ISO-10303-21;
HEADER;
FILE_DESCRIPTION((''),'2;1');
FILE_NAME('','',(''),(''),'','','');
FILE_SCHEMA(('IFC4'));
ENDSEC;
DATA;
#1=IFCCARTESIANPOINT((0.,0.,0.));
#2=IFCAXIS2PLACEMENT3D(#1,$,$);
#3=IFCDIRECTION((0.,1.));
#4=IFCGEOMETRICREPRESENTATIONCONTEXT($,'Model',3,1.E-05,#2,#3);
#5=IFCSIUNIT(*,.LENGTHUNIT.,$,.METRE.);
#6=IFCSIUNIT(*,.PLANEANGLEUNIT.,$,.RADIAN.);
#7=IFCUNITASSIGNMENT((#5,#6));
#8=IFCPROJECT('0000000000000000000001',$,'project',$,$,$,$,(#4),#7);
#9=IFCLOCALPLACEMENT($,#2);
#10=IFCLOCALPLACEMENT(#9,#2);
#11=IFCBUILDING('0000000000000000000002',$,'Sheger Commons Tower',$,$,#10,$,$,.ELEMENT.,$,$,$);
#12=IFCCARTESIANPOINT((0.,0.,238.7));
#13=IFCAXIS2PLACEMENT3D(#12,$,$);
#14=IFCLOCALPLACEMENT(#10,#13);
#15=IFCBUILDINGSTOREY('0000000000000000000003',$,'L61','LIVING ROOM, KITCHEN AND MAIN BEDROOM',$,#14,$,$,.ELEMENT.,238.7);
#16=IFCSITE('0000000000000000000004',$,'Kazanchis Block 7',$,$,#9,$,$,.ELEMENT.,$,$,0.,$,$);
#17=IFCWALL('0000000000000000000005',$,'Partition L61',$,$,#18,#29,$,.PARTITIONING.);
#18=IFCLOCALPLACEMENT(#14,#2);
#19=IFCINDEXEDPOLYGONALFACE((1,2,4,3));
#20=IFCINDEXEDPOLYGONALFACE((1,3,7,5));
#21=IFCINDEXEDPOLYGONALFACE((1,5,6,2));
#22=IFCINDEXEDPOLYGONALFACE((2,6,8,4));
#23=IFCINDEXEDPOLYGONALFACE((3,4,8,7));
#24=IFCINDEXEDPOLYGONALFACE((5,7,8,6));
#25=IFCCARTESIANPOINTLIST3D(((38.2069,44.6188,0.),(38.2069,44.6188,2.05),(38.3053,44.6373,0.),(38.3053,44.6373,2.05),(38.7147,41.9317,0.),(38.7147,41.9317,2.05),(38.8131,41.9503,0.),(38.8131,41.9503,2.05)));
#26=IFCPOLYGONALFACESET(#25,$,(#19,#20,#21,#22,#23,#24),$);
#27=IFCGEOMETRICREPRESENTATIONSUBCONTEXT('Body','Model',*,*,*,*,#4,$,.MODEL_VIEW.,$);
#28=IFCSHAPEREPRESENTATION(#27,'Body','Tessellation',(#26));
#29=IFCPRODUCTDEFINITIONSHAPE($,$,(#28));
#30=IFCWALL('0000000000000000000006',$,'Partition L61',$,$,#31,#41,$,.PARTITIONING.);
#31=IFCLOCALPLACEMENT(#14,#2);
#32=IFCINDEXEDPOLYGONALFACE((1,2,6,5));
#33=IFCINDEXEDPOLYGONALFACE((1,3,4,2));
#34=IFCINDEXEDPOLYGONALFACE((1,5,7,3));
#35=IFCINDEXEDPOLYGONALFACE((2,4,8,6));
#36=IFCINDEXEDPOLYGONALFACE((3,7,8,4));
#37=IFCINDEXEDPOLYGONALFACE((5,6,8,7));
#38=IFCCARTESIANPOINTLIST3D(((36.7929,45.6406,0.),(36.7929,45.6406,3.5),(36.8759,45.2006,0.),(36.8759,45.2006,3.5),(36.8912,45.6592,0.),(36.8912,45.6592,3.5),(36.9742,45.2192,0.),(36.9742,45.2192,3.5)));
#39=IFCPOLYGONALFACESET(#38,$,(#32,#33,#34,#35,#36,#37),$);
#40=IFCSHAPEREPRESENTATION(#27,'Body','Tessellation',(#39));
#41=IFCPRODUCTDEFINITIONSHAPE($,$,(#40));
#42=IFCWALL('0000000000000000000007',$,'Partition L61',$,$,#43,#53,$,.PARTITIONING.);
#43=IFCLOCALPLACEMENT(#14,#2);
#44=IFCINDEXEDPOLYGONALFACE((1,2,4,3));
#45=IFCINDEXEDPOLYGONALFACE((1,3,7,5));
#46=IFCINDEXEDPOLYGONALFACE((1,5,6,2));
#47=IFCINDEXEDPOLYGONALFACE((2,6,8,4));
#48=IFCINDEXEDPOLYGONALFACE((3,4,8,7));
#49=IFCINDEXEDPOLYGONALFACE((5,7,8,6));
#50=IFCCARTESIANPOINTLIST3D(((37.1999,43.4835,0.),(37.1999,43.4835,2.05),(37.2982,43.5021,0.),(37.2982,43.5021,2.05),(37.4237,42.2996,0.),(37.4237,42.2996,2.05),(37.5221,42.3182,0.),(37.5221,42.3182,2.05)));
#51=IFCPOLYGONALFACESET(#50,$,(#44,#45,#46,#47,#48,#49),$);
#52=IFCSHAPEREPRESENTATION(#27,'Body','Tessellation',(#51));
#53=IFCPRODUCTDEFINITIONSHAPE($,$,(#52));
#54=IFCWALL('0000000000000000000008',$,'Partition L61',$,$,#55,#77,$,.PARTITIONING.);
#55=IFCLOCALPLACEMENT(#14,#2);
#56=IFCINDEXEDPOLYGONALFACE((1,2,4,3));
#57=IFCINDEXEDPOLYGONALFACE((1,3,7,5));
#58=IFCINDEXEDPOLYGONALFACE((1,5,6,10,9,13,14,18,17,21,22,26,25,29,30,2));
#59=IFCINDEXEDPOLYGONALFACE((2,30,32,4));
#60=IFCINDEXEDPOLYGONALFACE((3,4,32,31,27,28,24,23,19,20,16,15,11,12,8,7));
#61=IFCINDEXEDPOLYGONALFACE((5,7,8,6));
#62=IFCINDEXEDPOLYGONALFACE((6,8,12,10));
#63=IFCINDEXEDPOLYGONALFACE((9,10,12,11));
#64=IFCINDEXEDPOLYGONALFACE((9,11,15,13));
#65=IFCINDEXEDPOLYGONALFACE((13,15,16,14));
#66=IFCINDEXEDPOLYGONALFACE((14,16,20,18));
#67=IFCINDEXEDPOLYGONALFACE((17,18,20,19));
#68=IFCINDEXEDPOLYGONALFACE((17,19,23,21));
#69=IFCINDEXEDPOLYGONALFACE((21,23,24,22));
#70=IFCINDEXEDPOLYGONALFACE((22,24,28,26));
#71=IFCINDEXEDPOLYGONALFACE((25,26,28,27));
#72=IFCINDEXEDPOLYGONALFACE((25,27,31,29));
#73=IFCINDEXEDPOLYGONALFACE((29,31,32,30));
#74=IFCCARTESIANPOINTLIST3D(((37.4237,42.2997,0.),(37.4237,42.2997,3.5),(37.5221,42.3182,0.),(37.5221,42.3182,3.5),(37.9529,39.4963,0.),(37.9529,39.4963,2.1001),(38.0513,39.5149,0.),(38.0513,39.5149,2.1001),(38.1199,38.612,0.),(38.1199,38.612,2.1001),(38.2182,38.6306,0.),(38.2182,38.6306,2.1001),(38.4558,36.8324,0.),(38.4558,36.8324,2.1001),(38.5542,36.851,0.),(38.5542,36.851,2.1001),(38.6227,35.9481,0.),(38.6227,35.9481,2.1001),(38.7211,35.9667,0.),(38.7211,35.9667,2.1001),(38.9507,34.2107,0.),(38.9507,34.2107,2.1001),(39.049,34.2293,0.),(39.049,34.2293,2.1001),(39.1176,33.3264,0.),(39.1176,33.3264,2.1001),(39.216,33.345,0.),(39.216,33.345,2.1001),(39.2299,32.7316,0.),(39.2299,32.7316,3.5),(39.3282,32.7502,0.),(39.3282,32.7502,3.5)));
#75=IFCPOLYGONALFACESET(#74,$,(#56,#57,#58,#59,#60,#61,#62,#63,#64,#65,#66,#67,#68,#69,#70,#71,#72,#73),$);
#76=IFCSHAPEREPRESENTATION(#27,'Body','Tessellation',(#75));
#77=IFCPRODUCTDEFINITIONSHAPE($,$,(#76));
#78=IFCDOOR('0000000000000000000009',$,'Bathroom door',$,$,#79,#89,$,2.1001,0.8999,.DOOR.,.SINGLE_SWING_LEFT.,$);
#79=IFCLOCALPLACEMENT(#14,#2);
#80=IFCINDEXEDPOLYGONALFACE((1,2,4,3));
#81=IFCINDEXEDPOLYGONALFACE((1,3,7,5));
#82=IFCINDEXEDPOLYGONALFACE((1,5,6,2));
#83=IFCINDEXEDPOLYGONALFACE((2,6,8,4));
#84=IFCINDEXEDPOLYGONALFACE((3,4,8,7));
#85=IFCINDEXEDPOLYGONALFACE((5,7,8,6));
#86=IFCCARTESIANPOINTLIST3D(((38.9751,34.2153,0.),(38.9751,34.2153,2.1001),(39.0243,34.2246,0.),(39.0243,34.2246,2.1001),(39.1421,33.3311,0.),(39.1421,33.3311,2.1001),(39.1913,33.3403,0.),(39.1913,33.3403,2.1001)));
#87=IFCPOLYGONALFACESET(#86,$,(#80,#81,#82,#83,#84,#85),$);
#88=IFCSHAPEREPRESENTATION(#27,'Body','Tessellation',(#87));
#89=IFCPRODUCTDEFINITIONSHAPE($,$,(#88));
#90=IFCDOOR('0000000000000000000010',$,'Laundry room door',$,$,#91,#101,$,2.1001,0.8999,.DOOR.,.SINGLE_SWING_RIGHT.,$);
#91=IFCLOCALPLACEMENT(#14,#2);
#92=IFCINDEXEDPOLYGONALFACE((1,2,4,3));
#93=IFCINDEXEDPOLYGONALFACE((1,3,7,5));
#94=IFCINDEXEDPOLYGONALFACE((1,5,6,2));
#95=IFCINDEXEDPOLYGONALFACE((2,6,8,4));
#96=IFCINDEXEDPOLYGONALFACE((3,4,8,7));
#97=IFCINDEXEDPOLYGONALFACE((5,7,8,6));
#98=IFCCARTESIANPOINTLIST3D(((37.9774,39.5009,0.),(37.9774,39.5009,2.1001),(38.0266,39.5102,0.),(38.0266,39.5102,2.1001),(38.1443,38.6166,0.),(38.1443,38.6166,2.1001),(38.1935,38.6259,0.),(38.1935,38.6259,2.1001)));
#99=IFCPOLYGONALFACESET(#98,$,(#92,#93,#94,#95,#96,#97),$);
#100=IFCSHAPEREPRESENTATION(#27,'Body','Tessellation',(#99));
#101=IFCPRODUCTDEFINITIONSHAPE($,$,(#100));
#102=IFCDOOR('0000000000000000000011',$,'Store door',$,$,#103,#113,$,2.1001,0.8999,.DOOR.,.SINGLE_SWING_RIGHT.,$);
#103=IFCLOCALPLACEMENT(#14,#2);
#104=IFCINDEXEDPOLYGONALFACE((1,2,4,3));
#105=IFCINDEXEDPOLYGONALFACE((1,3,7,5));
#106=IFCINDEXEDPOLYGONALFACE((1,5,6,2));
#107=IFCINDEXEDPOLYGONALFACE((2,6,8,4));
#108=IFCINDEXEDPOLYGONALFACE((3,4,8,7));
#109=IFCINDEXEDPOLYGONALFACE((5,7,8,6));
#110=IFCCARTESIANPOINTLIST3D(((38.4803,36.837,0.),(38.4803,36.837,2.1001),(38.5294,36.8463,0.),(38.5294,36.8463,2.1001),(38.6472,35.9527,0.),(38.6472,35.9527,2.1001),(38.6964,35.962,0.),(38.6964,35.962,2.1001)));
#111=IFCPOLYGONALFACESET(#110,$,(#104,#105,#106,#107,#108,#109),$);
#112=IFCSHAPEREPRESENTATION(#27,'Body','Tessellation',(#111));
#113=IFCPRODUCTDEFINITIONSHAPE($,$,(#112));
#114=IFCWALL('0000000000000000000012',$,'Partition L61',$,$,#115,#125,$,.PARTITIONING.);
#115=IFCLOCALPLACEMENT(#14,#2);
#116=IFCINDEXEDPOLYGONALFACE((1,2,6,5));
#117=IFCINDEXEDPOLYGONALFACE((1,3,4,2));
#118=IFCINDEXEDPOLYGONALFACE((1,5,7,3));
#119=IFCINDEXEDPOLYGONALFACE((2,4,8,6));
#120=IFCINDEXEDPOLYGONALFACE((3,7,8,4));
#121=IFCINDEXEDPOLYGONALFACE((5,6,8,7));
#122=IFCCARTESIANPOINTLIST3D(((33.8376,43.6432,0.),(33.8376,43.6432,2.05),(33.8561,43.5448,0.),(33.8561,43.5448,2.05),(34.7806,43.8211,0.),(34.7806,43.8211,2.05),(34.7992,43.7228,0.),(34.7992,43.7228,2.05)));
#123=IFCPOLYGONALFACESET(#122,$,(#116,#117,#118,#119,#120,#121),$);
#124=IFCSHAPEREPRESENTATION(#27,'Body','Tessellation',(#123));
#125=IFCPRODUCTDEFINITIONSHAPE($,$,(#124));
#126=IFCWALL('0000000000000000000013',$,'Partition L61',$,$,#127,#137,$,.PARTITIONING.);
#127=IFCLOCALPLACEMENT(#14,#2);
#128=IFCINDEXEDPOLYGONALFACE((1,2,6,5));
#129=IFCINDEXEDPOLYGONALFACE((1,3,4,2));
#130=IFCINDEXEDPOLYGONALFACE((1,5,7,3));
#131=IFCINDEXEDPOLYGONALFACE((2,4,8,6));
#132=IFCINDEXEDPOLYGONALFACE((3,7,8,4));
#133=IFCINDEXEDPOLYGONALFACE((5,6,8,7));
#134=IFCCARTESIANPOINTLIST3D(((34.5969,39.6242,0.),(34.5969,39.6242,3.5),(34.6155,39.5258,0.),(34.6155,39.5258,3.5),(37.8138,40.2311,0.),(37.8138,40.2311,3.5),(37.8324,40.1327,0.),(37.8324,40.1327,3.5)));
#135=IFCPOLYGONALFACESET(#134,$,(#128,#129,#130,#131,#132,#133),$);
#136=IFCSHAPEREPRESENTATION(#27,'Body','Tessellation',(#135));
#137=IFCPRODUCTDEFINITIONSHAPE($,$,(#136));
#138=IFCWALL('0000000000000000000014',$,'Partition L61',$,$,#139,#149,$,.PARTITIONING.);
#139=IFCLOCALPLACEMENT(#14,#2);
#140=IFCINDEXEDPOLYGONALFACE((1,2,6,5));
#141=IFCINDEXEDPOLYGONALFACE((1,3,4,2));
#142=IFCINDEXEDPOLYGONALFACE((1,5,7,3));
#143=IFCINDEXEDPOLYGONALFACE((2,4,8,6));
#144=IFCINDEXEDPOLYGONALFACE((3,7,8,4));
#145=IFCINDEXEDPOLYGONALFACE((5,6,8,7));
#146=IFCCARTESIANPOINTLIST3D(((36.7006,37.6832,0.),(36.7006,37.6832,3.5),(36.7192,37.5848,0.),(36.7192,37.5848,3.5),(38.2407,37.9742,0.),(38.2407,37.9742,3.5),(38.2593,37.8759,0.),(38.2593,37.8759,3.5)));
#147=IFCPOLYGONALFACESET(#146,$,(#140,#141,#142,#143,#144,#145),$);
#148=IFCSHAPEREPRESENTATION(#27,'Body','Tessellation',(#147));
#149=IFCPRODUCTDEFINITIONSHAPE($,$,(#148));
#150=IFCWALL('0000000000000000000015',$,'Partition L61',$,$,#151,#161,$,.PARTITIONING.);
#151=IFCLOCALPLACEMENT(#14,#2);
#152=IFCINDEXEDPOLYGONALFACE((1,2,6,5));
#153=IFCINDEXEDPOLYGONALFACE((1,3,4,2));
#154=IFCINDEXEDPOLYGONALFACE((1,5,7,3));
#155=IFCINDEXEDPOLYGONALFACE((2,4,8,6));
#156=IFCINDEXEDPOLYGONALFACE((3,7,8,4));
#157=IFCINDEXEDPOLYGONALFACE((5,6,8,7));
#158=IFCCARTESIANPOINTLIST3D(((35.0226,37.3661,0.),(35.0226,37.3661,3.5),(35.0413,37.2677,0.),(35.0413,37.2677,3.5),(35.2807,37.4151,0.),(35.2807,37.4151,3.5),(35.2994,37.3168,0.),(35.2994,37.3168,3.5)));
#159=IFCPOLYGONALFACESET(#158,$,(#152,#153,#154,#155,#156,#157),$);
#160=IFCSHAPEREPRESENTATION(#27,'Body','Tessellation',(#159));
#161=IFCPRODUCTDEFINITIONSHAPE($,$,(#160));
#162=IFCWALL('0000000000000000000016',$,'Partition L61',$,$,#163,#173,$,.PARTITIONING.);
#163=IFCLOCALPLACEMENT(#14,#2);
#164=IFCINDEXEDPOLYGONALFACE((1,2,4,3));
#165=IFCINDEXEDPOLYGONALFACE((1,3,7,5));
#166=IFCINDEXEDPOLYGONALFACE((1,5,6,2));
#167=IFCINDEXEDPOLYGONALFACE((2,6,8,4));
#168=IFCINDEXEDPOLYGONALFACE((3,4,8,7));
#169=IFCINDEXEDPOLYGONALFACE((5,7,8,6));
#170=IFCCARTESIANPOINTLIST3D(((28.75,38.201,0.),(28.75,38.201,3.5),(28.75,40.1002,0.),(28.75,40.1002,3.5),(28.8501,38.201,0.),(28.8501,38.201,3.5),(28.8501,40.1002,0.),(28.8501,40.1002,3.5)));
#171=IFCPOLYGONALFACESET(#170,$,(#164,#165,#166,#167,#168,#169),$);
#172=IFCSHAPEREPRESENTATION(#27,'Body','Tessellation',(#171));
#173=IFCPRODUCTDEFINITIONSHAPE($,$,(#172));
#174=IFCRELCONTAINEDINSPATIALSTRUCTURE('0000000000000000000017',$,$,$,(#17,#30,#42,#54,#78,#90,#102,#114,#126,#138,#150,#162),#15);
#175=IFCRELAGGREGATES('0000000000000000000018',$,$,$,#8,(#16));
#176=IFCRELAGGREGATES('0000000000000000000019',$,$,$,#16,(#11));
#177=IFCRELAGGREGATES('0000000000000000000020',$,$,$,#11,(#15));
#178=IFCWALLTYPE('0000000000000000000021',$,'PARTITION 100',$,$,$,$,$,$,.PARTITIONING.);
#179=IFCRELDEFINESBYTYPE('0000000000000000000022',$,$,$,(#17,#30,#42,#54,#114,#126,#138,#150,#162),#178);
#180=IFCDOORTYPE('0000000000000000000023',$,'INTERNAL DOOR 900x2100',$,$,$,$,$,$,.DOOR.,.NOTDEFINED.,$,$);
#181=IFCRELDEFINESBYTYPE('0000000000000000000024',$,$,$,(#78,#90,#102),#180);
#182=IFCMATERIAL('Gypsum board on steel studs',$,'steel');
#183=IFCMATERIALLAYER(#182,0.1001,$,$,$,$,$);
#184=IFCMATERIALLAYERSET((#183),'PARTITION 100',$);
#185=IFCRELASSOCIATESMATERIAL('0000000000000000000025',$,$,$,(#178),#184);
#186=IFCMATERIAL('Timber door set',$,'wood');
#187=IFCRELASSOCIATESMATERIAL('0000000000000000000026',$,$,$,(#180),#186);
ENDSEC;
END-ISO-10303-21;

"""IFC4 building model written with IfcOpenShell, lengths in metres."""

from ifc_helpers import new_model, si_unit, direction, frame, frame_2d, origin, place, context, subcontext, project, spatial, rectangle, extrude, material, layer, layer_set, type_object, element, fill, save


model = new_model("IFC4")

# Units and contexts
model_context = context("Model", 3, precision=1e-05, world=origin(), true_north=direction((0.0, 1.0)))
body_context = subcontext(model_context, "Body", "Model", "MODEL_VIEW")
ifc_project = project(units=[si_unit("LENGTHUNIT", "METRE"), si_unit("PLANEANGLEUNIT", "RADIAN")], contexts=[model_context])

# Site, building, storey
site_placement = place(None, origin())
site = spatial("IfcSite", under=ifc_project, at=site_placement, Name="Kazanchis Block 7", CompositionType="ELEMENT", RefElevation=0.0)
building_placement = place(site_placement, origin())
building = spatial("IfcBuilding", under=site, at=building_placement, Name="Sheger Commons Tower", CompositionType="ELEMENT")
storey_placement = place(building_placement, frame((0.0, 0.0, 238.7)))
storey = spatial("IfcBuildingStorey", under=building, at=storey_placement, Name="L61", Description="LIVING ROOM, KITCHEN AND MAIN BEDROOM", CompositionType="ELEMENT", Elevation=238.7)

# Walls
ifc_material_1 = material(Name="Gypsum board on steel studs", Category="steel")
ifc_layer_1 = layer(ifc_material_1, 0.1001)
ifc_layer_set_1 = layer_set([ifc_layer_1], Name="PARTITION 100")
wall_type_1 = type_object("IfcWallType", Name="PARTITION 100", PredefinedType="PARTITIONING", material=ifc_layer_set_1)
wall_1_placement = place(storey_placement, frame((38.2561, 44.6279, 0.0), z_axis=(0.0, 0.0, 1.0), x_axis=(0.185701, -0.982606, 0.0)))
element("IfcWall", 1, at=wall_1_placement, inside=storey, type_object=wall_type_1, Name="Partition L61", PredefinedType="PARTITIONING", context=body_context, shape_type="SweptSolid", body=[
    extrude(rectangle(XDim=2.7346, YDim=0.1001, at=frame_2d((1.3672, 0.0))), origin(), (0.0, 0.0, 1.0), 2.05),
])
wall_2_placement = place(storey_placement, frame((36.842, 45.6499, 0.0), z_axis=(0.0, 0.0, 1.0), x_axis=(0.185408, -0.982662, 0.0)))
element("IfcWall", 2, at=wall_2_placement, inside=storey, type_object=wall_type_1, Name="Partition L61", PredefinedType="PARTITIONING", context=body_context, shape_type="SweptSolid", body=[
    extrude(rectangle(XDim=0.4478, YDim=0.1001, at=frame_2d((0.2239, 0.0))), origin(), (0.0, 0.0, 1.0), 3.5),
])
wall_3_placement = place(storey_placement, frame((37.249, 43.4929, 0.0), z_axis=(0.0, 0.0, 1.0), x_axis=(0.185818, -0.982584, 0.0)))
element("IfcWall", 3, at=wall_3_placement, inside=storey, type_object=wall_type_1, Name="Partition L61", PredefinedType="PARTITIONING", context=body_context, shape_type="SweptSolid", body=[
    extrude(rectangle(XDim=1.2048, YDim=0.1001, at=frame_2d((0.6025, 0.0))), origin(), (0.0, 0.0, 1.0), 2.05),
])

# Wall, openings, doors
wall_4_placement = place(storey_placement, frame((37.4729, 42.3091, 0.0), z_axis=(0.0, 0.0, 1.0), x_axis=(0.185492, -0.982646, 0.0)))
wall_4 = element("IfcWall", 4, at=wall_4_placement, inside=storey, type_object=wall_type_1, Name="Partition L61", PredefinedType="PARTITIONING", context=body_context, shape_type="SweptSolid", body=[
    extrude(rectangle(XDim=9.7371, YDim=0.1001, at=frame_2d((4.8687, 0.0))), origin(), (0.0, 0.0, 1.0), 3.5),
])
opening_1_placement = place(wall_4_placement, frame((8.2319, 0.0, 0.0)))
opening_1 = element("IfcOpeningElement", 5, at=opening_1_placement, cuts=wall_4, PredefinedType="OPENING", context=body_context, shape_type="SweptSolid", body=[
    extrude(rectangle(XDim=0.8999, YDim=2.1001, at=frame_2d((0.45, 1.05))), frame((0.0, 0.0601, 0.0), z_axis=(0.0, -1.0, 0.0), x_axis=(1.0, 0.0, 0.0)), (0.0, 0.0, 1.0), 0.1201),
])
opening_2_placement = place(wall_4_placement, frame((2.853, 0.0, 0.0)))
opening_2 = element("IfcOpeningElement", 6, at=opening_2_placement, cuts=wall_4, PredefinedType="OPENING", context=body_context, shape_type="SweptSolid", body=[
    extrude(rectangle(XDim=0.8999, YDim=2.1001, at=frame_2d((0.45, 1.05))), frame((0.0, 0.0601, 0.0), z_axis=(0.0, -1.0, 0.0), x_axis=(1.0, 0.0, 0.0)), (0.0, 0.0, 1.0), 0.1201),
])
opening_3_placement = place(wall_4_placement, frame((5.564, 0.0, 0.0)))
opening_3 = element("IfcOpeningElement", 7, at=opening_3_placement, cuts=wall_4, PredefinedType="OPENING", context=body_context, shape_type="SweptSolid", body=[
    extrude(rectangle(XDim=0.8999, YDim=2.1001, at=frame_2d((0.45, 1.05))), frame((0.0, 0.0601, 0.0), z_axis=(0.0, -1.0, 0.0), x_axis=(1.0, 0.0, 0.0)), (0.0, 0.0, 1.0), 0.1201),
])
ifc_material_2 = material(Name="Timber door set", Category="wood")
door_type_1 = type_object("IfcDoorType", Name="INTERNAL DOOR 900x2100", OperationType="NOTDEFINED", PredefinedType="DOOR", material=ifc_material_2)
door_1_placement = place(opening_1_placement, origin())
door_1 = element("IfcDoor", 8, at=door_1_placement, inside=storey, type_object=door_type_1, Name="Bathroom door", OperationType="SINGLE_SWING_LEFT", OverallHeight=2.1001, OverallWidth=0.8999, PredefinedType="DOOR", context=body_context, shape_type="SweptSolid", body=[
    extrude(rectangle(XDim=0.8999, YDim=2.1001, at=frame_2d((0.45, 1.05))), frame((0.0, 0.0249, 0.0), z_axis=(0.0, -1.0, 0.0), x_axis=(1.0, 0.0, 0.0)), (0.0, 0.0, 1.0), 0.05),
])
fill(opening_1, door_1)
door_2_placement = place(opening_2_placement, origin())
door_2 = element("IfcDoor", 9, at=door_2_placement, inside=storey, type_object=door_type_1, Name="Laundry room door", OperationType="SINGLE_SWING_RIGHT", OverallHeight=2.1001, OverallWidth=0.8999, PredefinedType="DOOR", context=body_context, shape_type="SweptSolid", body=[
    extrude(rectangle(XDim=0.8999, YDim=2.1001, at=frame_2d((0.45, 1.05))), frame((0.0, 0.0249, 0.0), z_axis=(0.0, -1.0, 0.0), x_axis=(1.0, 0.0, 0.0)), (0.0, 0.0, 1.0), 0.05),
])
fill(opening_2, door_2)
door_3_placement = place(opening_3_placement, origin())
door_3 = element("IfcDoor", 10, at=door_3_placement, inside=storey, type_object=door_type_1, Name="Store door", OperationType="SINGLE_SWING_RIGHT", OverallHeight=2.1001, OverallWidth=0.8999, PredefinedType="DOOR", context=body_context, shape_type="SweptSolid", body=[
    extrude(rectangle(XDim=0.8999, YDim=2.1001, at=frame_2d((0.45, 1.05))), frame((0.0, 0.0249, 0.0), z_axis=(0.0, -1.0, 0.0), x_axis=(1.0, 0.0, 0.0)), (0.0, 0.0, 1.0), 0.05),
])
fill(opening_3, door_3)

# Walls
wall_5_placement = place(storey_placement, frame((34.79, 43.772, 0.0), z_axis=(0.0, 0.0, 1.0), x_axis=(-0.982656, -0.18544, 0.0)))
element("IfcWall", 11, at=wall_5_placement, inside=storey, type_object=wall_type_1, Name="Partition L61", PredefinedType="PARTITIONING", context=body_context, shape_type="SweptSolid", body=[
    extrude(rectangle(XDim=0.9597, YDim=0.1001, at=frame_2d((0.48, 0.0))), origin(), (0.0, 0.0, 1.0), 2.05),
])
wall_6_placement = place(storey_placement, frame((37.823, 40.1819, 0.0), z_axis=(0.0, 0.0, 1.0), x_axis=(-0.982665, -0.185392, 0.0)))
element("IfcWall", 12, at=wall_6_placement, inside=storey, type_object=wall_type_1, Name="Partition L61", PredefinedType="PARTITIONING", context=body_context, shape_type="SweptSolid", body=[
    extrude(rectangle(XDim=3.2737, YDim=0.1001, at=frame_2d((1.6367, 0.0))), origin(), (0.0, 0.0, 1.0), 3.5),
])
wall_7_placement = place(storey_placement, frame((38.25, 37.925, 0.0), z_axis=(0.0, 0.0, 1.0), x_axis=(-0.98261, -0.18568, 0.0)))
element("IfcWall", 13, at=wall_7_placement, inside=storey, type_object=wall_type_1, Name="Partition L61", PredefinedType="PARTITIONING", context=body_context, shape_type="SweptSolid", body=[
    extrude(rectangle(XDim=1.5674, YDim=0.1001, at=frame_2d((0.7837, 0.0))), origin(), (0.0, 0.0, 1.0), 3.5),
])
wall_8_placement = place(storey_placement, frame((35.29, 37.366, 0.0), z_axis=(0.0, 0.0, 1.0), x_axis=(-0.982395, -0.186813, 0.0)))
element("IfcWall", 14, at=wall_8_placement, inside=storey, type_object=wall_type_1, Name="Partition L61", PredefinedType="PARTITIONING", context=body_context, shape_type="SweptSolid", body=[
    extrude(rectangle(XDim=0.2627, YDim=0.1001, at=frame_2d((0.1313, 0.0))), origin(), (0.0, 0.0, 1.0), 3.5),
])
wall_9_placement = place(storey_placement, frame((28.8, 38.2009, 0.0), z_axis=(0.0, 0.0, 1.0), x_axis=(0.0, 1.0, 0.0)))
element("IfcWall", 15, at=wall_9_placement, inside=storey, type_object=wall_type_1, Name="Partition L61", PredefinedType="PARTITIONING", context=body_context, shape_type="SweptSolid", body=[
    extrude(rectangle(XDim=1.8992, YDim=0.1001, at=frame_2d((0.9497, 0.0))), origin(), (0.0, 0.0, 1.0), 3.5),
])

save(model, "model.ifc")
